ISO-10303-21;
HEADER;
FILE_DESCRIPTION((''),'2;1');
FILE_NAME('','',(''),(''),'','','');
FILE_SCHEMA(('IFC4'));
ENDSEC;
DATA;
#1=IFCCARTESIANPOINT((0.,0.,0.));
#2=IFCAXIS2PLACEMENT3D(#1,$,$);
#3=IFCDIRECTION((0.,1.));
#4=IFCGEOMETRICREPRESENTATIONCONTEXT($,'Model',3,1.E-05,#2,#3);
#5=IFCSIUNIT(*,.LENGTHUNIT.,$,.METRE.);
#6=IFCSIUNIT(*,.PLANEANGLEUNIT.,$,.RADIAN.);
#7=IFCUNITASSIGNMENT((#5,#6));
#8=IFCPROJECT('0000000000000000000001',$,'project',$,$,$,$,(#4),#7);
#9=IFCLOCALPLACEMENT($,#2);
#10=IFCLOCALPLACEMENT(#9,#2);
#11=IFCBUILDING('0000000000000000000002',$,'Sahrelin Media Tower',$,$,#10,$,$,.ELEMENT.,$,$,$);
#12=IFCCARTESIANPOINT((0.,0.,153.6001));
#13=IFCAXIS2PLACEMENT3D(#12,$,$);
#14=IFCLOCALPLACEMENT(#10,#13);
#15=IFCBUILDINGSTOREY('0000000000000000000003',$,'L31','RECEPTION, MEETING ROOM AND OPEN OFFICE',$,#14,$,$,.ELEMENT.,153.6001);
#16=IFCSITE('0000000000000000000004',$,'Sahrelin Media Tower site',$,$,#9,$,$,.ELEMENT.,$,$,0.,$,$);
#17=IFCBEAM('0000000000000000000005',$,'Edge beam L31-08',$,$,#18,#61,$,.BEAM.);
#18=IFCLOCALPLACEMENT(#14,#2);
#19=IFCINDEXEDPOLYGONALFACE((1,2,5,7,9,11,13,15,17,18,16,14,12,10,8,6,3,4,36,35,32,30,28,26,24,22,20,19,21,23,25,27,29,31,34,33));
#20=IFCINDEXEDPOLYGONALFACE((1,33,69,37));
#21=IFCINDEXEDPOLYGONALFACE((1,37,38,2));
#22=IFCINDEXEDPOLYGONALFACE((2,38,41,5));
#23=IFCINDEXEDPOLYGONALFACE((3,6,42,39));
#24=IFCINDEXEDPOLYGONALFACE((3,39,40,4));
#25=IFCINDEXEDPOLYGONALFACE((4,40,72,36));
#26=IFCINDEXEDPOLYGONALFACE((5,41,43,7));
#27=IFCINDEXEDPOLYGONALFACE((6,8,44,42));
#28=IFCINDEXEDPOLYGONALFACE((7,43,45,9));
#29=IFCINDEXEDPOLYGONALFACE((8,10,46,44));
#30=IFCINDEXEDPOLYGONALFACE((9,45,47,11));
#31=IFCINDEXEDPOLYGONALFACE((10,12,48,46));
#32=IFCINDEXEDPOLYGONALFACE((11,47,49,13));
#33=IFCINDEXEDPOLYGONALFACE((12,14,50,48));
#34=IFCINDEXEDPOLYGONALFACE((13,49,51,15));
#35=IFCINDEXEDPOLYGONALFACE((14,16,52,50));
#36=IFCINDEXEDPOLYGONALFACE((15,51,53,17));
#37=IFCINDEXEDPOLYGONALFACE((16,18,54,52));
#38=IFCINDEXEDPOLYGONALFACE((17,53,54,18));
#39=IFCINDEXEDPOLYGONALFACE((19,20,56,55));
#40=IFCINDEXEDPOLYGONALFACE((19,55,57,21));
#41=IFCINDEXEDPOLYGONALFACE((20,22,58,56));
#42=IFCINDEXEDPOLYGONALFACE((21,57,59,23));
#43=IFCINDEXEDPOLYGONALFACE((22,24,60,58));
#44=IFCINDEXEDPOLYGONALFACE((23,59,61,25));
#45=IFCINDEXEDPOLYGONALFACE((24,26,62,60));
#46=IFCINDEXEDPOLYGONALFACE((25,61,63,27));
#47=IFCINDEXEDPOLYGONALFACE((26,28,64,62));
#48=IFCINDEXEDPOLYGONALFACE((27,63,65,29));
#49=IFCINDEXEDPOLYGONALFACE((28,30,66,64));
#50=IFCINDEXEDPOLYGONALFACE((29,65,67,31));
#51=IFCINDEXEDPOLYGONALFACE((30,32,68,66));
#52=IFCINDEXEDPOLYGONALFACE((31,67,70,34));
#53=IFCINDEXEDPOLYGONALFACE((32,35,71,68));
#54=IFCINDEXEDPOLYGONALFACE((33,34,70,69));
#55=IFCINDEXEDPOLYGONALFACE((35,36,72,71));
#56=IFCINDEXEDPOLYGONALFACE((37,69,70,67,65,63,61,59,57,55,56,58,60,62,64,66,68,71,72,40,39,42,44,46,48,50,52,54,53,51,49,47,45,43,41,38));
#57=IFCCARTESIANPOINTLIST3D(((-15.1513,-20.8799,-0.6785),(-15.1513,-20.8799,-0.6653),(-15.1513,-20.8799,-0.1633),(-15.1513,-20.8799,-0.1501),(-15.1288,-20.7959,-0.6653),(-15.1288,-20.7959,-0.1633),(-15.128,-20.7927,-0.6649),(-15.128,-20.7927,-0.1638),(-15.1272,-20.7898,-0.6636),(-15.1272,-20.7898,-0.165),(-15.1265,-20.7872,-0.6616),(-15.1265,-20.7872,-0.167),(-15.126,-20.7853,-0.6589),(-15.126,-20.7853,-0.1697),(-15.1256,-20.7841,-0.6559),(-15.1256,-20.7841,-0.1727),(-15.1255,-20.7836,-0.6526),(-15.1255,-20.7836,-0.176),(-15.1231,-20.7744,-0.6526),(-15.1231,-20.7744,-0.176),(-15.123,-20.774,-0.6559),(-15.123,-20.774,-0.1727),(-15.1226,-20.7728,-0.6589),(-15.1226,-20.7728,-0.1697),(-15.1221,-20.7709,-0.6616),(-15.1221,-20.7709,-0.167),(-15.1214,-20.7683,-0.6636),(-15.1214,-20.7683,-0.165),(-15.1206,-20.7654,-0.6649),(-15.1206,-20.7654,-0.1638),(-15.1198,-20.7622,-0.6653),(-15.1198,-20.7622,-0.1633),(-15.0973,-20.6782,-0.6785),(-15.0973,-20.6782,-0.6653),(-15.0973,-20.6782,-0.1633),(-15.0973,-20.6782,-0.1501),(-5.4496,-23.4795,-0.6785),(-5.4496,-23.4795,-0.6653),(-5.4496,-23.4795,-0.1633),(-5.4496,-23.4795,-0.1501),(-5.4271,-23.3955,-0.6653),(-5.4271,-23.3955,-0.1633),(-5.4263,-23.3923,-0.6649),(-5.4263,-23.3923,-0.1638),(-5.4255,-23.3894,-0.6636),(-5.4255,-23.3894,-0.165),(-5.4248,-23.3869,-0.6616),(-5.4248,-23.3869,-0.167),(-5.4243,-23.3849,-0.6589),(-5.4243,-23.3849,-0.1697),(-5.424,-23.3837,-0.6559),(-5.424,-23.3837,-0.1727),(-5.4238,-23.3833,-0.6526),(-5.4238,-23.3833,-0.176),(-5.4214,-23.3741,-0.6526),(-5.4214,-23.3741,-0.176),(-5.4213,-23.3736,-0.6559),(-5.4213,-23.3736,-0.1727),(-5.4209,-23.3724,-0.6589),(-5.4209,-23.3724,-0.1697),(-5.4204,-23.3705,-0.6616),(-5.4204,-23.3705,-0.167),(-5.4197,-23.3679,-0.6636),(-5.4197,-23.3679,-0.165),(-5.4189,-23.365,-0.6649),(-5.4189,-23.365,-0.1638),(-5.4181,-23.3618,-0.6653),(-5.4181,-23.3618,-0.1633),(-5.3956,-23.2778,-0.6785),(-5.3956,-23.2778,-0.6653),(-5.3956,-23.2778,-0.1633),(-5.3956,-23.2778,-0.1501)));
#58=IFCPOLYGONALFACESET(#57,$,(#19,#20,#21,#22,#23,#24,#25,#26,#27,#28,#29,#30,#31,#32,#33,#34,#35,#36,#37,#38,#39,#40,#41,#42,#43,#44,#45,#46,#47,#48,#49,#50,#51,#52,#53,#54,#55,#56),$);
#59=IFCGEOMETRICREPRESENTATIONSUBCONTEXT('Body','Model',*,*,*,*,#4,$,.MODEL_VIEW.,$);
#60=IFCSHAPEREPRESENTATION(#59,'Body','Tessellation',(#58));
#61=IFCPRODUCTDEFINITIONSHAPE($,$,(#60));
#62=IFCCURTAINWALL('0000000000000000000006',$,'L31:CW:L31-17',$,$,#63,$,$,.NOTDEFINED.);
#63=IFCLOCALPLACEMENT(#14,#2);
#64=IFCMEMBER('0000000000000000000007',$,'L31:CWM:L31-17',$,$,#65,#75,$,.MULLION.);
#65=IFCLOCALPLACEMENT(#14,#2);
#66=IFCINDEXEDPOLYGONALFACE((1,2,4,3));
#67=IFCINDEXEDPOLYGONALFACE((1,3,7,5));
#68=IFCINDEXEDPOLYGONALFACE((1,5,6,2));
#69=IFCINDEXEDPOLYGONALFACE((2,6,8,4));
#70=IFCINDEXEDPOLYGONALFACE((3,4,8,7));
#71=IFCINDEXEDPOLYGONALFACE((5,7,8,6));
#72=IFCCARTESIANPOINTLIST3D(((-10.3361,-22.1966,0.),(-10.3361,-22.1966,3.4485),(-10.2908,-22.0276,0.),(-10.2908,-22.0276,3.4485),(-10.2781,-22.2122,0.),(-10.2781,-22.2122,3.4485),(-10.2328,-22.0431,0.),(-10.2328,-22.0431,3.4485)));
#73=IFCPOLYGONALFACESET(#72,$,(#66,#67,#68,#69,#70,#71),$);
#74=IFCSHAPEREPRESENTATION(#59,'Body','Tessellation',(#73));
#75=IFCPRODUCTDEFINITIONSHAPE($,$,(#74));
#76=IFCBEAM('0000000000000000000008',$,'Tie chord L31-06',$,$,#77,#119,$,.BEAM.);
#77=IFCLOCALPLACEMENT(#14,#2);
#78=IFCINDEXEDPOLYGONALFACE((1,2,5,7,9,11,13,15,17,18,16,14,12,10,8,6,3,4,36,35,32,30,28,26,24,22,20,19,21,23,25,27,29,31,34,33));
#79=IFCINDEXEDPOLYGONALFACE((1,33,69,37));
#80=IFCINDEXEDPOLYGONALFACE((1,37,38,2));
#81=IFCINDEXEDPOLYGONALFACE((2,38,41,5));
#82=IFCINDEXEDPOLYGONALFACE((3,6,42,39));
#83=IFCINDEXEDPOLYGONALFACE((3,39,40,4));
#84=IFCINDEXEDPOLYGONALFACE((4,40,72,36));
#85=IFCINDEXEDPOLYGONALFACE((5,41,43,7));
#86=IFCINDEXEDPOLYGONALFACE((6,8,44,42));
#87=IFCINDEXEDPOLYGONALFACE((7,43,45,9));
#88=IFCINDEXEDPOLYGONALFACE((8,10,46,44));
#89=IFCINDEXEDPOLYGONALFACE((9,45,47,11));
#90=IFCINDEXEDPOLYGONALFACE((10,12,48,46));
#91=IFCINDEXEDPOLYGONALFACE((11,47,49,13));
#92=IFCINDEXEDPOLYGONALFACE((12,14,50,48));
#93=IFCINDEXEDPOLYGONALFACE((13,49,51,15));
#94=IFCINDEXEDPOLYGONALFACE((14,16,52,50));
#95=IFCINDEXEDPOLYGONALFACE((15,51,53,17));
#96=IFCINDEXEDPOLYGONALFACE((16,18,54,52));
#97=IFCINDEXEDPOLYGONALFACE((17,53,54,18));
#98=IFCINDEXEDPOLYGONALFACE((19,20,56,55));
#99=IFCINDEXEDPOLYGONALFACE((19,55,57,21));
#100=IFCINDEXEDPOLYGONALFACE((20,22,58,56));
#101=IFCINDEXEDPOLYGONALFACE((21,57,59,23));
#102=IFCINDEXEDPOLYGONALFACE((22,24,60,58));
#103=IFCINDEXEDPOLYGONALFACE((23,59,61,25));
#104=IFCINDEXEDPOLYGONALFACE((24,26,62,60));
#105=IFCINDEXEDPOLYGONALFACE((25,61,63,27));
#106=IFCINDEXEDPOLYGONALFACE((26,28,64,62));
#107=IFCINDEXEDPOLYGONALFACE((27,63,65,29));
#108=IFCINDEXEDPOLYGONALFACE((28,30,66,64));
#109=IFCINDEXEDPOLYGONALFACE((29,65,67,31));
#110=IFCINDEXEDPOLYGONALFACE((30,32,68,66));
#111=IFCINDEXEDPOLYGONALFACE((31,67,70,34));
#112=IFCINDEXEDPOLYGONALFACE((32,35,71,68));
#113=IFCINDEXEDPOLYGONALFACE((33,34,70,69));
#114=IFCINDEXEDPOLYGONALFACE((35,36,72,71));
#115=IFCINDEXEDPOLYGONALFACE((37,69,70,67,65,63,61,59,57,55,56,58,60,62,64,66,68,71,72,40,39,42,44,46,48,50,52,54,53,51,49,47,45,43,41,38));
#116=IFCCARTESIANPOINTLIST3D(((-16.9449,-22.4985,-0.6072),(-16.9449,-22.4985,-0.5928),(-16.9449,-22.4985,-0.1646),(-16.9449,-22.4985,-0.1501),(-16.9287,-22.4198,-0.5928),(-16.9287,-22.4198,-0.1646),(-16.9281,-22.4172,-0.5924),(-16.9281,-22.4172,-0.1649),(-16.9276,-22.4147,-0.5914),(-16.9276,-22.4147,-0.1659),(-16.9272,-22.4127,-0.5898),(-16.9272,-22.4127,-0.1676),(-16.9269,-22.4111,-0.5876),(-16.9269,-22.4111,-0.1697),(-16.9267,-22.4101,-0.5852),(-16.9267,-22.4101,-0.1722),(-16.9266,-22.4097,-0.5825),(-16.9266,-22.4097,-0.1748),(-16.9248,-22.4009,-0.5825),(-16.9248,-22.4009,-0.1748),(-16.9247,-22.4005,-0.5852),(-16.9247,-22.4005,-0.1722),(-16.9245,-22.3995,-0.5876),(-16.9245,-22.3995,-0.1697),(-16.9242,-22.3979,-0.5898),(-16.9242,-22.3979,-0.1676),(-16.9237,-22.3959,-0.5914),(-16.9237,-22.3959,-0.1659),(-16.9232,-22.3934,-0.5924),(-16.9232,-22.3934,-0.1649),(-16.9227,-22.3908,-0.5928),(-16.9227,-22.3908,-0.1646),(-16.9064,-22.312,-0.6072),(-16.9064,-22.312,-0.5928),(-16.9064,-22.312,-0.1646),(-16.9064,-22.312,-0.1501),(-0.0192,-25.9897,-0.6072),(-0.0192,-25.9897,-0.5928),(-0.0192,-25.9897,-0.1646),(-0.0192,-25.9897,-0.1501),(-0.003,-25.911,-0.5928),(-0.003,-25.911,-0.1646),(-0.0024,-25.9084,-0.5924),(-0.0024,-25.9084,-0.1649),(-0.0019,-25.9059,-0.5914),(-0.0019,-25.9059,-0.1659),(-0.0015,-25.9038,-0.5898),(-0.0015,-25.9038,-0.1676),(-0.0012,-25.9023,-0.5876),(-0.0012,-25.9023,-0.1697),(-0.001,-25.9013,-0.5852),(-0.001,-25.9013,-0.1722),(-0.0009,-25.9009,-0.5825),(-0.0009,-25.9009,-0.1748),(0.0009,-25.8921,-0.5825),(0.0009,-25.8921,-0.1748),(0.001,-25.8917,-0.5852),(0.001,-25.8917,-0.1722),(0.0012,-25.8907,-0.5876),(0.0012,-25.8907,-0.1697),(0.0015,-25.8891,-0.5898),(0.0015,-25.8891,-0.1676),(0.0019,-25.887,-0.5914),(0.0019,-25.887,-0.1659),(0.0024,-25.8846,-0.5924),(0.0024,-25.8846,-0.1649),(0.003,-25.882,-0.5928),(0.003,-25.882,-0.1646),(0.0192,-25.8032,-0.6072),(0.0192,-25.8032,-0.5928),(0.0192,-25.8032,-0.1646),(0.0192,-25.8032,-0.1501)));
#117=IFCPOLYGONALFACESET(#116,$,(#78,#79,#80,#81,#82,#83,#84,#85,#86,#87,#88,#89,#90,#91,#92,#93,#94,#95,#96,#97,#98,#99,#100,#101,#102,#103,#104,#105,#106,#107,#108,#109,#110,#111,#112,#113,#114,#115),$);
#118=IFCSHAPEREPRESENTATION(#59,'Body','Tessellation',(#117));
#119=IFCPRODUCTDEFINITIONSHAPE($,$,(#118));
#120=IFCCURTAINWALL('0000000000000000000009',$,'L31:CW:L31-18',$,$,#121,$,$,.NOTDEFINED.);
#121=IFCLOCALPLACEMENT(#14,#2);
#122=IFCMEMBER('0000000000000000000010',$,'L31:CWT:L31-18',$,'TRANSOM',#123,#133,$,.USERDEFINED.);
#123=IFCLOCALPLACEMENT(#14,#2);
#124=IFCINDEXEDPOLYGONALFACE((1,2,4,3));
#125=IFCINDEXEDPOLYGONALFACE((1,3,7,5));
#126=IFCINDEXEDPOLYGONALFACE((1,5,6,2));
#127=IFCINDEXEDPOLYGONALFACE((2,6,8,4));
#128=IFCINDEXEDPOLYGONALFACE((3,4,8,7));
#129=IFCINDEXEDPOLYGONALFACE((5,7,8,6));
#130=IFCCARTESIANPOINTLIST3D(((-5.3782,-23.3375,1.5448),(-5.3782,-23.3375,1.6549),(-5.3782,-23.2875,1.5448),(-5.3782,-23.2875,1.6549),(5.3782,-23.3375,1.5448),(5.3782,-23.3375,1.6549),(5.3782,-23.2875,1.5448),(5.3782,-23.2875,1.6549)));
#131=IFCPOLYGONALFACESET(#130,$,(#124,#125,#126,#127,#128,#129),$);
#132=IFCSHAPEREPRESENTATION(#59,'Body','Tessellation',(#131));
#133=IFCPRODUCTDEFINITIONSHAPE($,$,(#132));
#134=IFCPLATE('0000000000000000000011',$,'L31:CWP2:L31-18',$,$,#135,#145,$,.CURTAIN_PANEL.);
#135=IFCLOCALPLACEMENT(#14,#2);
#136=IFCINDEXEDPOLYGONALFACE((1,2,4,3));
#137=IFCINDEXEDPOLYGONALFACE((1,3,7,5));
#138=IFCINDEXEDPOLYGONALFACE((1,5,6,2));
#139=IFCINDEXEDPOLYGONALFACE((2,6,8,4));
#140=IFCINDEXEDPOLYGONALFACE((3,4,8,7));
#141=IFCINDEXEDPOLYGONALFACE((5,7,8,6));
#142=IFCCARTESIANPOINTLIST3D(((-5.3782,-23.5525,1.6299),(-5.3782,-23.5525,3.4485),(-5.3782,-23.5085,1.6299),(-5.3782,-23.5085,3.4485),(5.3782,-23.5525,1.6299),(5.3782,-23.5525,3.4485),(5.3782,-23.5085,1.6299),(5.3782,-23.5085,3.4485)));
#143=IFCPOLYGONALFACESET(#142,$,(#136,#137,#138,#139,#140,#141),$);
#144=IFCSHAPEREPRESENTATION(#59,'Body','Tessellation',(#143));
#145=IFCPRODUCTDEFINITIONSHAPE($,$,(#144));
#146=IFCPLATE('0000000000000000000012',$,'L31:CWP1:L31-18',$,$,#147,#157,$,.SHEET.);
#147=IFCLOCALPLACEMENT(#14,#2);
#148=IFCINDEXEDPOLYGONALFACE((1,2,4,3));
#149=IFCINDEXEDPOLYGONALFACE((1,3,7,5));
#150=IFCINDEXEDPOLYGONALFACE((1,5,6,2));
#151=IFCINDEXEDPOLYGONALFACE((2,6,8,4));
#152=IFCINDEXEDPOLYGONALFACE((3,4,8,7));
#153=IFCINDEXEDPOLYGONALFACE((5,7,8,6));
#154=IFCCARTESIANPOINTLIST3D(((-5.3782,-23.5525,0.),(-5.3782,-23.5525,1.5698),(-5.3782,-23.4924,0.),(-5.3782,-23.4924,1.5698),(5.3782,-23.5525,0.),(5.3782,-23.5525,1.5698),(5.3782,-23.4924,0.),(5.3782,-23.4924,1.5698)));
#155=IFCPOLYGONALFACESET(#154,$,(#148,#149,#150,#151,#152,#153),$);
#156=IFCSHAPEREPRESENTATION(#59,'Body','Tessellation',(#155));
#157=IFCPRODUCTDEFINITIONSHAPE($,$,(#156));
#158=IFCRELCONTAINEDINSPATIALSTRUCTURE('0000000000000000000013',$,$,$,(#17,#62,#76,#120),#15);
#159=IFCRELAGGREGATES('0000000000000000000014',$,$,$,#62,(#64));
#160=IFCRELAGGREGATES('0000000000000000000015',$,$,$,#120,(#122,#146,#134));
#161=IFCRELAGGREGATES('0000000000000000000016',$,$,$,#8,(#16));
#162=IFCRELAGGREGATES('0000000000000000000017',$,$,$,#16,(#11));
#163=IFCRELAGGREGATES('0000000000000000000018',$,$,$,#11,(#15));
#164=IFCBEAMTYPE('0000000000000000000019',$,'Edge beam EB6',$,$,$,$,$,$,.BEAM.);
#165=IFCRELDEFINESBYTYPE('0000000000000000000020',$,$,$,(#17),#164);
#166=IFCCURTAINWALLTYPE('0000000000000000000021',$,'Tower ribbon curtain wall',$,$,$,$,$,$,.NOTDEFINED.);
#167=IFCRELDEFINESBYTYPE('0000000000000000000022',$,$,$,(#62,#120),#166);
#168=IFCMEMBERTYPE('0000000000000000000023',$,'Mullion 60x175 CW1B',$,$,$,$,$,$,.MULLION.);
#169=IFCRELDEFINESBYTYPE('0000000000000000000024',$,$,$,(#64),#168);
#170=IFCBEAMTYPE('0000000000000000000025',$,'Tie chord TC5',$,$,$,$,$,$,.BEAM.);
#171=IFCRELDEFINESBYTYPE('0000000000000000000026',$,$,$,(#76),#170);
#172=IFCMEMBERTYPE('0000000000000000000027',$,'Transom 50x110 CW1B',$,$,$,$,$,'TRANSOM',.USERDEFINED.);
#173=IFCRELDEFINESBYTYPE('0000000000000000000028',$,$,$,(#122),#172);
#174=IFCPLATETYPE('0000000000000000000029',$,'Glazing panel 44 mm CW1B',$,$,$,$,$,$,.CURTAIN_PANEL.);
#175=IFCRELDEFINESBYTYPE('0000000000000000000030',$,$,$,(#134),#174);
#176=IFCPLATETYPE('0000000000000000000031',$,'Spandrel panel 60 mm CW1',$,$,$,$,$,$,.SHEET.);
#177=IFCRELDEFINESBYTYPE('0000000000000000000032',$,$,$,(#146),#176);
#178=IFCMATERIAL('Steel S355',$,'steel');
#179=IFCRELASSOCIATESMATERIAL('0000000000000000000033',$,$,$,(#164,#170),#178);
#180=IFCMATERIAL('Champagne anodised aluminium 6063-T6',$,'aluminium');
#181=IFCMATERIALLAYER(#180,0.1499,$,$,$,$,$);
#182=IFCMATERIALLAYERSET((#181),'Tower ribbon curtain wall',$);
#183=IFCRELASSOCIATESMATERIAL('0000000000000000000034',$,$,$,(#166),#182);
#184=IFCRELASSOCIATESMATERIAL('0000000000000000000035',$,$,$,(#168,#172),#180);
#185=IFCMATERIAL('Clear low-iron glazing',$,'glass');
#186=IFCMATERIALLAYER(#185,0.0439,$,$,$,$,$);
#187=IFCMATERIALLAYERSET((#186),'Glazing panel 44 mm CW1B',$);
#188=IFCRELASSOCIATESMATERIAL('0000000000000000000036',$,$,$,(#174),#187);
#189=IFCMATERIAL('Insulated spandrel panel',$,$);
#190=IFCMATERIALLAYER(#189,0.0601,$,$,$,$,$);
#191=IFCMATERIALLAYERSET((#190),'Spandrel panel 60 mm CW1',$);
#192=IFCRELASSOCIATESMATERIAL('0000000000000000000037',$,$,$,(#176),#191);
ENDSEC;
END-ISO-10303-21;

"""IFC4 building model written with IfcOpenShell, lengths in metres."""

from ifc_helpers import new_model, si_unit, direction, frame, origin, origin_2d, place, context, subcontext, project, spatial, polyline, rectangle, i_section, outline, extrude, material, layer, layer_set, material_profile, profile_set, type_object, element, aggregate, save


model = new_model("IFC4")

# Units and contexts
model_context = context("Model", 3, precision=1e-05, world=origin(), true_north=direction((0.0, 1.0)))
body_context = subcontext(model_context, "Body", "Model", "MODEL_VIEW")
ifc_project = project(units=[si_unit("LENGTHUNIT", "METRE"), si_unit("PLANEANGLEUNIT", "RADIAN")], contexts=[model_context])

# Site, building, storey
site_placement = place(None, origin())
site = spatial("IfcSite", under=ifc_project, at=site_placement, Name="Sahrelin Media Tower site", CompositionType="ELEMENT", RefElevation=0.0)
building_placement = place(site_placement, origin())
building = spatial("IfcBuilding", under=site, at=building_placement, Name="Sahrelin Media Tower", CompositionType="ELEMENT")
storey_placement = place(building_placement, frame((0.0, 0.0, 153.6001)))
storey = spatial("IfcBuildingStorey", under=building, at=storey_placement, Name="L31", Description="RECEPTION, MEETING ROOM AND OPEN OFFICE", CompositionType="ELEMENT", Elevation=153.6001)

# Beam
ifc_material_1 = material(Name="Steel S355", Category="steel")
ifc_material_profile_1 = material_profile(ifc_material_1, i_section(OverallWidth=0.2087, OverallDepth=0.5283, WebThickness=0.0095, FlangeThickness=0.0132, FilletRadius=0.0127, at=origin_2d()), Name="UB 533x210x82")
ifc_profile_set_1 = profile_set([ifc_material_profile_1], Name="Steel S355")
beam_type_1 = type_object("IfcBeamType", Name="Edge beam EB6", PredefinedType="BEAM", material=ifc_profile_set_1)
beam_1_placement = place(storey_placement, frame((-5.4226, -23.3787, -0.4143), z_axis=(-0.965924, 0.258824, 0.0), x_axis=(-0.258824, -0.965924, 0.0)))
element("IfcBeam", 1, at=beam_1_placement, inside=storey, type_object=beam_type_1, Name="Edge beam L31-08", PredefinedType="BEAM", context=body_context, shape_type="SweptSolid", body=[
    extrude(i_section(OverallWidth=0.2087, OverallDepth=0.5283, WebThickness=0.0095, FlangeThickness=0.0132, FilletRadius=0.0127, at=origin_2d()), origin(), (0.0, 0.0, 1.0), 10.0439),
])

# Curtain wall, member
ifc_material_2 = material(Name="Champagne anodised aluminium 6063-T6", Category="aluminium")
ifc_layer_1 = layer(ifc_material_2, 0.1499)
ifc_layer_set_1 = layer_set([ifc_layer_1], Name="Tower ribbon curtain wall")
curtain_wall_type = type_object("IfcCurtainWallType", Name="Tower ribbon curtain wall", PredefinedType="NOTDEFINED", material=ifc_layer_set_1)
curtain_wall_1_placement = place(storey_placement, frame((-10.3123, -22.2236, 0.0), z_axis=(0.0, 0.0, 1.0), x_axis=(1.0, 0.0, 0.0)))
curtain_wall_1 = element("IfcCurtainWall", 2, at=curtain_wall_1_placement, inside=storey, type_object=curtain_wall_type, Name="L31:CW:L31-17", PredefinedType="NOTDEFINED")
ifc_material_profile_2 = material_profile(ifc_material_2, rectangle(XDim=0.0601, YDim=0.175, at=origin_2d()), Name="Mullion 60x175")
ifc_profile_set_2 = profile_set([ifc_material_profile_2], Name="Champagne anodised aluminium 6063-T6")
member_type_1 = type_object("IfcMemberType", Name="Mullion 60x175 CW1B", PredefinedType="MULLION", material=ifc_profile_set_2)
member_1_placement = place(storey_placement, frame((-10.2844, -22.1199, 0.0), z_axis=(0.0, 0.0, 1.0), x_axis=(0.965927, -0.258816, 0.0)))
member_1 = element("IfcMember", 3, at=member_1_placement, type_object=member_type_1, Name="L31:CWM:L31-17", PredefinedType="MULLION", context=body_context, shape_type="SweptSolid", body=[
    extrude(rectangle(XDim=0.0601, YDim=0.175, at=origin_2d()), origin(), (0.0, 0.0, 1.0), 3.4485),
])
aggregate(curtain_wall_1, [member_1])

# Beam
ifc_material_profile_3 = material_profile(ifc_material_1, i_section(OverallWidth=0.1904, OverallDepth=0.457, WebThickness=0.009, FlangeThickness=0.0144, FilletRadius=0.0103, at=origin_2d()), Name="UB 457x191x74")
ifc_profile_set_3 = profile_set([ifc_material_profile_3], Name="Steel S355")
beam_type_2 = type_object("IfcBeamType", Name="Tie chord TC5", PredefinedType="BEAM", material=ifc_profile_set_3)
beam_2_placement = place(storey_placement, frame((0.0, -25.8965, -0.3787), z_axis=(-0.979383, 0.202013, 0.0), x_axis=(-0.202013, -0.979383, 0.0)))
element("IfcBeam", 4, at=beam_2_placement, inside=storey, type_object=beam_type_2, Name="Tie chord L31-06", PredefinedType="BEAM", context=body_context, shape_type="SweptSolid", body=[
    extrude(i_section(OverallWidth=0.1904, OverallDepth=0.457, WebThickness=0.009, FlangeThickness=0.0144, FilletRadius=0.0103, at=origin_2d()), origin(), (0.0, 0.0, 1.0), 17.282),
])

# Curtain wall, member, plates
curtain_wall_2_placement = place(storey_placement, frame((0.0, -23.5325, 0.0), z_axis=(0.0, 0.0, 1.0), x_axis=(1.0, 0.0, 0.0)))
curtain_wall_2 = element("IfcCurtainWall", 5, at=curtain_wall_2_placement, inside=storey, type_object=curtain_wall_type, Name="L31:CW:L31-18", PredefinedType="NOTDEFINED")
ifc_material_profile_4 = material_profile(ifc_material_2, rectangle(XDim=0.05, YDim=0.1101, at=origin_2d()), Name="Transom 50x110")
ifc_profile_set_4 = profile_set([ifc_material_profile_4], Name="Champagne anodised aluminium 6063-T6")
member_type_2 = type_object("IfcMemberType", Name="Transom 50x110 CW1B", ElementType="TRANSOM", PredefinedType="USERDEFINED", material=ifc_profile_set_4)
member_2_placement = place(storey_placement, frame((-5.3782, -23.3125, 1.5999), z_axis=(1.0, 0.0, 0.0), x_axis=(0.0, 1.0, 0.0)))
member_2 = element("IfcMember", 6, at=member_2_placement, type_object=member_type_2, Name="L31:CWT:L31-18", ObjectType="TRANSOM", PredefinedType="USERDEFINED", context=body_context, shape_type="SweptSolid", body=[
    extrude(rectangle(XDim=0.05, YDim=0.1101, at=origin_2d()), origin(), (0.0, 0.0, 1.0), 10.7563),
])
ifc_material_3 = material(Name="Clear low-iron glazing", Category="glass")
ifc_layer_2 = layer(ifc_material_3, 0.0439)
ifc_layer_set_2 = layer_set([ifc_layer_2], Name="Glazing panel 44 mm CW1B")
plate_type_1 = type_object("IfcPlateType", Name="Glazing panel 44 mm CW1B", PredefinedType="CURTAIN_PANEL", material=ifc_layer_set_2)
plate_1_placement = place(storey_placement, frame((-5.3782, -23.5525, 1.6299), z_axis=(0.0, -1.0, 0.0), x_axis=(1.0, 0.0, 0.0)))
plate_1 = element("IfcPlate", 7, at=plate_1_placement, type_object=plate_type_1, Name="L31:CWP2:L31-18", PredefinedType="CURTAIN_PANEL", context=body_context, shape_type="SweptSolid", body=[
    extrude(outline(polyline([(0.0, 0.0), (10.7563, 0.0), (10.7563, 1.8186), (0.0, 1.8186), (0.0, 0.0)])), origin(), (0.0, 0.0, -1.0), 0.0439),
])
ifc_material_4 = material(Name="Insulated spandrel panel")
ifc_layer_3 = layer(ifc_material_4, 0.0601)
ifc_layer_set_3 = layer_set([ifc_layer_3], Name="Spandrel panel 60 mm CW1")
plate_type_2 = type_object("IfcPlateType", Name="Spandrel panel 60 mm CW1", PredefinedType="SHEET", material=ifc_layer_set_3)
plate_2_placement = place(storey_placement, frame((-5.3782, -23.5525, 0.0), z_axis=(0.0, -1.0, 0.0), x_axis=(1.0, 0.0, 0.0)))
plate_2 = element("IfcPlate", 8, at=plate_2_placement, type_object=plate_type_2, Name="L31:CWP1:L31-18", PredefinedType="SHEET", context=body_context, shape_type="SweptSolid", body=[
    extrude(outline(polyline([(0.0, 0.0), (10.7563, 0.0), (10.7563, 1.5698), (0.0, 1.5698), (0.0, 0.0)])), origin(), (0.0, 0.0, -1.0), 0.0601),
])
aggregate(curtain_wall_2, [member_2, plate_2, plate_1])

save(model, "model.ifc")
